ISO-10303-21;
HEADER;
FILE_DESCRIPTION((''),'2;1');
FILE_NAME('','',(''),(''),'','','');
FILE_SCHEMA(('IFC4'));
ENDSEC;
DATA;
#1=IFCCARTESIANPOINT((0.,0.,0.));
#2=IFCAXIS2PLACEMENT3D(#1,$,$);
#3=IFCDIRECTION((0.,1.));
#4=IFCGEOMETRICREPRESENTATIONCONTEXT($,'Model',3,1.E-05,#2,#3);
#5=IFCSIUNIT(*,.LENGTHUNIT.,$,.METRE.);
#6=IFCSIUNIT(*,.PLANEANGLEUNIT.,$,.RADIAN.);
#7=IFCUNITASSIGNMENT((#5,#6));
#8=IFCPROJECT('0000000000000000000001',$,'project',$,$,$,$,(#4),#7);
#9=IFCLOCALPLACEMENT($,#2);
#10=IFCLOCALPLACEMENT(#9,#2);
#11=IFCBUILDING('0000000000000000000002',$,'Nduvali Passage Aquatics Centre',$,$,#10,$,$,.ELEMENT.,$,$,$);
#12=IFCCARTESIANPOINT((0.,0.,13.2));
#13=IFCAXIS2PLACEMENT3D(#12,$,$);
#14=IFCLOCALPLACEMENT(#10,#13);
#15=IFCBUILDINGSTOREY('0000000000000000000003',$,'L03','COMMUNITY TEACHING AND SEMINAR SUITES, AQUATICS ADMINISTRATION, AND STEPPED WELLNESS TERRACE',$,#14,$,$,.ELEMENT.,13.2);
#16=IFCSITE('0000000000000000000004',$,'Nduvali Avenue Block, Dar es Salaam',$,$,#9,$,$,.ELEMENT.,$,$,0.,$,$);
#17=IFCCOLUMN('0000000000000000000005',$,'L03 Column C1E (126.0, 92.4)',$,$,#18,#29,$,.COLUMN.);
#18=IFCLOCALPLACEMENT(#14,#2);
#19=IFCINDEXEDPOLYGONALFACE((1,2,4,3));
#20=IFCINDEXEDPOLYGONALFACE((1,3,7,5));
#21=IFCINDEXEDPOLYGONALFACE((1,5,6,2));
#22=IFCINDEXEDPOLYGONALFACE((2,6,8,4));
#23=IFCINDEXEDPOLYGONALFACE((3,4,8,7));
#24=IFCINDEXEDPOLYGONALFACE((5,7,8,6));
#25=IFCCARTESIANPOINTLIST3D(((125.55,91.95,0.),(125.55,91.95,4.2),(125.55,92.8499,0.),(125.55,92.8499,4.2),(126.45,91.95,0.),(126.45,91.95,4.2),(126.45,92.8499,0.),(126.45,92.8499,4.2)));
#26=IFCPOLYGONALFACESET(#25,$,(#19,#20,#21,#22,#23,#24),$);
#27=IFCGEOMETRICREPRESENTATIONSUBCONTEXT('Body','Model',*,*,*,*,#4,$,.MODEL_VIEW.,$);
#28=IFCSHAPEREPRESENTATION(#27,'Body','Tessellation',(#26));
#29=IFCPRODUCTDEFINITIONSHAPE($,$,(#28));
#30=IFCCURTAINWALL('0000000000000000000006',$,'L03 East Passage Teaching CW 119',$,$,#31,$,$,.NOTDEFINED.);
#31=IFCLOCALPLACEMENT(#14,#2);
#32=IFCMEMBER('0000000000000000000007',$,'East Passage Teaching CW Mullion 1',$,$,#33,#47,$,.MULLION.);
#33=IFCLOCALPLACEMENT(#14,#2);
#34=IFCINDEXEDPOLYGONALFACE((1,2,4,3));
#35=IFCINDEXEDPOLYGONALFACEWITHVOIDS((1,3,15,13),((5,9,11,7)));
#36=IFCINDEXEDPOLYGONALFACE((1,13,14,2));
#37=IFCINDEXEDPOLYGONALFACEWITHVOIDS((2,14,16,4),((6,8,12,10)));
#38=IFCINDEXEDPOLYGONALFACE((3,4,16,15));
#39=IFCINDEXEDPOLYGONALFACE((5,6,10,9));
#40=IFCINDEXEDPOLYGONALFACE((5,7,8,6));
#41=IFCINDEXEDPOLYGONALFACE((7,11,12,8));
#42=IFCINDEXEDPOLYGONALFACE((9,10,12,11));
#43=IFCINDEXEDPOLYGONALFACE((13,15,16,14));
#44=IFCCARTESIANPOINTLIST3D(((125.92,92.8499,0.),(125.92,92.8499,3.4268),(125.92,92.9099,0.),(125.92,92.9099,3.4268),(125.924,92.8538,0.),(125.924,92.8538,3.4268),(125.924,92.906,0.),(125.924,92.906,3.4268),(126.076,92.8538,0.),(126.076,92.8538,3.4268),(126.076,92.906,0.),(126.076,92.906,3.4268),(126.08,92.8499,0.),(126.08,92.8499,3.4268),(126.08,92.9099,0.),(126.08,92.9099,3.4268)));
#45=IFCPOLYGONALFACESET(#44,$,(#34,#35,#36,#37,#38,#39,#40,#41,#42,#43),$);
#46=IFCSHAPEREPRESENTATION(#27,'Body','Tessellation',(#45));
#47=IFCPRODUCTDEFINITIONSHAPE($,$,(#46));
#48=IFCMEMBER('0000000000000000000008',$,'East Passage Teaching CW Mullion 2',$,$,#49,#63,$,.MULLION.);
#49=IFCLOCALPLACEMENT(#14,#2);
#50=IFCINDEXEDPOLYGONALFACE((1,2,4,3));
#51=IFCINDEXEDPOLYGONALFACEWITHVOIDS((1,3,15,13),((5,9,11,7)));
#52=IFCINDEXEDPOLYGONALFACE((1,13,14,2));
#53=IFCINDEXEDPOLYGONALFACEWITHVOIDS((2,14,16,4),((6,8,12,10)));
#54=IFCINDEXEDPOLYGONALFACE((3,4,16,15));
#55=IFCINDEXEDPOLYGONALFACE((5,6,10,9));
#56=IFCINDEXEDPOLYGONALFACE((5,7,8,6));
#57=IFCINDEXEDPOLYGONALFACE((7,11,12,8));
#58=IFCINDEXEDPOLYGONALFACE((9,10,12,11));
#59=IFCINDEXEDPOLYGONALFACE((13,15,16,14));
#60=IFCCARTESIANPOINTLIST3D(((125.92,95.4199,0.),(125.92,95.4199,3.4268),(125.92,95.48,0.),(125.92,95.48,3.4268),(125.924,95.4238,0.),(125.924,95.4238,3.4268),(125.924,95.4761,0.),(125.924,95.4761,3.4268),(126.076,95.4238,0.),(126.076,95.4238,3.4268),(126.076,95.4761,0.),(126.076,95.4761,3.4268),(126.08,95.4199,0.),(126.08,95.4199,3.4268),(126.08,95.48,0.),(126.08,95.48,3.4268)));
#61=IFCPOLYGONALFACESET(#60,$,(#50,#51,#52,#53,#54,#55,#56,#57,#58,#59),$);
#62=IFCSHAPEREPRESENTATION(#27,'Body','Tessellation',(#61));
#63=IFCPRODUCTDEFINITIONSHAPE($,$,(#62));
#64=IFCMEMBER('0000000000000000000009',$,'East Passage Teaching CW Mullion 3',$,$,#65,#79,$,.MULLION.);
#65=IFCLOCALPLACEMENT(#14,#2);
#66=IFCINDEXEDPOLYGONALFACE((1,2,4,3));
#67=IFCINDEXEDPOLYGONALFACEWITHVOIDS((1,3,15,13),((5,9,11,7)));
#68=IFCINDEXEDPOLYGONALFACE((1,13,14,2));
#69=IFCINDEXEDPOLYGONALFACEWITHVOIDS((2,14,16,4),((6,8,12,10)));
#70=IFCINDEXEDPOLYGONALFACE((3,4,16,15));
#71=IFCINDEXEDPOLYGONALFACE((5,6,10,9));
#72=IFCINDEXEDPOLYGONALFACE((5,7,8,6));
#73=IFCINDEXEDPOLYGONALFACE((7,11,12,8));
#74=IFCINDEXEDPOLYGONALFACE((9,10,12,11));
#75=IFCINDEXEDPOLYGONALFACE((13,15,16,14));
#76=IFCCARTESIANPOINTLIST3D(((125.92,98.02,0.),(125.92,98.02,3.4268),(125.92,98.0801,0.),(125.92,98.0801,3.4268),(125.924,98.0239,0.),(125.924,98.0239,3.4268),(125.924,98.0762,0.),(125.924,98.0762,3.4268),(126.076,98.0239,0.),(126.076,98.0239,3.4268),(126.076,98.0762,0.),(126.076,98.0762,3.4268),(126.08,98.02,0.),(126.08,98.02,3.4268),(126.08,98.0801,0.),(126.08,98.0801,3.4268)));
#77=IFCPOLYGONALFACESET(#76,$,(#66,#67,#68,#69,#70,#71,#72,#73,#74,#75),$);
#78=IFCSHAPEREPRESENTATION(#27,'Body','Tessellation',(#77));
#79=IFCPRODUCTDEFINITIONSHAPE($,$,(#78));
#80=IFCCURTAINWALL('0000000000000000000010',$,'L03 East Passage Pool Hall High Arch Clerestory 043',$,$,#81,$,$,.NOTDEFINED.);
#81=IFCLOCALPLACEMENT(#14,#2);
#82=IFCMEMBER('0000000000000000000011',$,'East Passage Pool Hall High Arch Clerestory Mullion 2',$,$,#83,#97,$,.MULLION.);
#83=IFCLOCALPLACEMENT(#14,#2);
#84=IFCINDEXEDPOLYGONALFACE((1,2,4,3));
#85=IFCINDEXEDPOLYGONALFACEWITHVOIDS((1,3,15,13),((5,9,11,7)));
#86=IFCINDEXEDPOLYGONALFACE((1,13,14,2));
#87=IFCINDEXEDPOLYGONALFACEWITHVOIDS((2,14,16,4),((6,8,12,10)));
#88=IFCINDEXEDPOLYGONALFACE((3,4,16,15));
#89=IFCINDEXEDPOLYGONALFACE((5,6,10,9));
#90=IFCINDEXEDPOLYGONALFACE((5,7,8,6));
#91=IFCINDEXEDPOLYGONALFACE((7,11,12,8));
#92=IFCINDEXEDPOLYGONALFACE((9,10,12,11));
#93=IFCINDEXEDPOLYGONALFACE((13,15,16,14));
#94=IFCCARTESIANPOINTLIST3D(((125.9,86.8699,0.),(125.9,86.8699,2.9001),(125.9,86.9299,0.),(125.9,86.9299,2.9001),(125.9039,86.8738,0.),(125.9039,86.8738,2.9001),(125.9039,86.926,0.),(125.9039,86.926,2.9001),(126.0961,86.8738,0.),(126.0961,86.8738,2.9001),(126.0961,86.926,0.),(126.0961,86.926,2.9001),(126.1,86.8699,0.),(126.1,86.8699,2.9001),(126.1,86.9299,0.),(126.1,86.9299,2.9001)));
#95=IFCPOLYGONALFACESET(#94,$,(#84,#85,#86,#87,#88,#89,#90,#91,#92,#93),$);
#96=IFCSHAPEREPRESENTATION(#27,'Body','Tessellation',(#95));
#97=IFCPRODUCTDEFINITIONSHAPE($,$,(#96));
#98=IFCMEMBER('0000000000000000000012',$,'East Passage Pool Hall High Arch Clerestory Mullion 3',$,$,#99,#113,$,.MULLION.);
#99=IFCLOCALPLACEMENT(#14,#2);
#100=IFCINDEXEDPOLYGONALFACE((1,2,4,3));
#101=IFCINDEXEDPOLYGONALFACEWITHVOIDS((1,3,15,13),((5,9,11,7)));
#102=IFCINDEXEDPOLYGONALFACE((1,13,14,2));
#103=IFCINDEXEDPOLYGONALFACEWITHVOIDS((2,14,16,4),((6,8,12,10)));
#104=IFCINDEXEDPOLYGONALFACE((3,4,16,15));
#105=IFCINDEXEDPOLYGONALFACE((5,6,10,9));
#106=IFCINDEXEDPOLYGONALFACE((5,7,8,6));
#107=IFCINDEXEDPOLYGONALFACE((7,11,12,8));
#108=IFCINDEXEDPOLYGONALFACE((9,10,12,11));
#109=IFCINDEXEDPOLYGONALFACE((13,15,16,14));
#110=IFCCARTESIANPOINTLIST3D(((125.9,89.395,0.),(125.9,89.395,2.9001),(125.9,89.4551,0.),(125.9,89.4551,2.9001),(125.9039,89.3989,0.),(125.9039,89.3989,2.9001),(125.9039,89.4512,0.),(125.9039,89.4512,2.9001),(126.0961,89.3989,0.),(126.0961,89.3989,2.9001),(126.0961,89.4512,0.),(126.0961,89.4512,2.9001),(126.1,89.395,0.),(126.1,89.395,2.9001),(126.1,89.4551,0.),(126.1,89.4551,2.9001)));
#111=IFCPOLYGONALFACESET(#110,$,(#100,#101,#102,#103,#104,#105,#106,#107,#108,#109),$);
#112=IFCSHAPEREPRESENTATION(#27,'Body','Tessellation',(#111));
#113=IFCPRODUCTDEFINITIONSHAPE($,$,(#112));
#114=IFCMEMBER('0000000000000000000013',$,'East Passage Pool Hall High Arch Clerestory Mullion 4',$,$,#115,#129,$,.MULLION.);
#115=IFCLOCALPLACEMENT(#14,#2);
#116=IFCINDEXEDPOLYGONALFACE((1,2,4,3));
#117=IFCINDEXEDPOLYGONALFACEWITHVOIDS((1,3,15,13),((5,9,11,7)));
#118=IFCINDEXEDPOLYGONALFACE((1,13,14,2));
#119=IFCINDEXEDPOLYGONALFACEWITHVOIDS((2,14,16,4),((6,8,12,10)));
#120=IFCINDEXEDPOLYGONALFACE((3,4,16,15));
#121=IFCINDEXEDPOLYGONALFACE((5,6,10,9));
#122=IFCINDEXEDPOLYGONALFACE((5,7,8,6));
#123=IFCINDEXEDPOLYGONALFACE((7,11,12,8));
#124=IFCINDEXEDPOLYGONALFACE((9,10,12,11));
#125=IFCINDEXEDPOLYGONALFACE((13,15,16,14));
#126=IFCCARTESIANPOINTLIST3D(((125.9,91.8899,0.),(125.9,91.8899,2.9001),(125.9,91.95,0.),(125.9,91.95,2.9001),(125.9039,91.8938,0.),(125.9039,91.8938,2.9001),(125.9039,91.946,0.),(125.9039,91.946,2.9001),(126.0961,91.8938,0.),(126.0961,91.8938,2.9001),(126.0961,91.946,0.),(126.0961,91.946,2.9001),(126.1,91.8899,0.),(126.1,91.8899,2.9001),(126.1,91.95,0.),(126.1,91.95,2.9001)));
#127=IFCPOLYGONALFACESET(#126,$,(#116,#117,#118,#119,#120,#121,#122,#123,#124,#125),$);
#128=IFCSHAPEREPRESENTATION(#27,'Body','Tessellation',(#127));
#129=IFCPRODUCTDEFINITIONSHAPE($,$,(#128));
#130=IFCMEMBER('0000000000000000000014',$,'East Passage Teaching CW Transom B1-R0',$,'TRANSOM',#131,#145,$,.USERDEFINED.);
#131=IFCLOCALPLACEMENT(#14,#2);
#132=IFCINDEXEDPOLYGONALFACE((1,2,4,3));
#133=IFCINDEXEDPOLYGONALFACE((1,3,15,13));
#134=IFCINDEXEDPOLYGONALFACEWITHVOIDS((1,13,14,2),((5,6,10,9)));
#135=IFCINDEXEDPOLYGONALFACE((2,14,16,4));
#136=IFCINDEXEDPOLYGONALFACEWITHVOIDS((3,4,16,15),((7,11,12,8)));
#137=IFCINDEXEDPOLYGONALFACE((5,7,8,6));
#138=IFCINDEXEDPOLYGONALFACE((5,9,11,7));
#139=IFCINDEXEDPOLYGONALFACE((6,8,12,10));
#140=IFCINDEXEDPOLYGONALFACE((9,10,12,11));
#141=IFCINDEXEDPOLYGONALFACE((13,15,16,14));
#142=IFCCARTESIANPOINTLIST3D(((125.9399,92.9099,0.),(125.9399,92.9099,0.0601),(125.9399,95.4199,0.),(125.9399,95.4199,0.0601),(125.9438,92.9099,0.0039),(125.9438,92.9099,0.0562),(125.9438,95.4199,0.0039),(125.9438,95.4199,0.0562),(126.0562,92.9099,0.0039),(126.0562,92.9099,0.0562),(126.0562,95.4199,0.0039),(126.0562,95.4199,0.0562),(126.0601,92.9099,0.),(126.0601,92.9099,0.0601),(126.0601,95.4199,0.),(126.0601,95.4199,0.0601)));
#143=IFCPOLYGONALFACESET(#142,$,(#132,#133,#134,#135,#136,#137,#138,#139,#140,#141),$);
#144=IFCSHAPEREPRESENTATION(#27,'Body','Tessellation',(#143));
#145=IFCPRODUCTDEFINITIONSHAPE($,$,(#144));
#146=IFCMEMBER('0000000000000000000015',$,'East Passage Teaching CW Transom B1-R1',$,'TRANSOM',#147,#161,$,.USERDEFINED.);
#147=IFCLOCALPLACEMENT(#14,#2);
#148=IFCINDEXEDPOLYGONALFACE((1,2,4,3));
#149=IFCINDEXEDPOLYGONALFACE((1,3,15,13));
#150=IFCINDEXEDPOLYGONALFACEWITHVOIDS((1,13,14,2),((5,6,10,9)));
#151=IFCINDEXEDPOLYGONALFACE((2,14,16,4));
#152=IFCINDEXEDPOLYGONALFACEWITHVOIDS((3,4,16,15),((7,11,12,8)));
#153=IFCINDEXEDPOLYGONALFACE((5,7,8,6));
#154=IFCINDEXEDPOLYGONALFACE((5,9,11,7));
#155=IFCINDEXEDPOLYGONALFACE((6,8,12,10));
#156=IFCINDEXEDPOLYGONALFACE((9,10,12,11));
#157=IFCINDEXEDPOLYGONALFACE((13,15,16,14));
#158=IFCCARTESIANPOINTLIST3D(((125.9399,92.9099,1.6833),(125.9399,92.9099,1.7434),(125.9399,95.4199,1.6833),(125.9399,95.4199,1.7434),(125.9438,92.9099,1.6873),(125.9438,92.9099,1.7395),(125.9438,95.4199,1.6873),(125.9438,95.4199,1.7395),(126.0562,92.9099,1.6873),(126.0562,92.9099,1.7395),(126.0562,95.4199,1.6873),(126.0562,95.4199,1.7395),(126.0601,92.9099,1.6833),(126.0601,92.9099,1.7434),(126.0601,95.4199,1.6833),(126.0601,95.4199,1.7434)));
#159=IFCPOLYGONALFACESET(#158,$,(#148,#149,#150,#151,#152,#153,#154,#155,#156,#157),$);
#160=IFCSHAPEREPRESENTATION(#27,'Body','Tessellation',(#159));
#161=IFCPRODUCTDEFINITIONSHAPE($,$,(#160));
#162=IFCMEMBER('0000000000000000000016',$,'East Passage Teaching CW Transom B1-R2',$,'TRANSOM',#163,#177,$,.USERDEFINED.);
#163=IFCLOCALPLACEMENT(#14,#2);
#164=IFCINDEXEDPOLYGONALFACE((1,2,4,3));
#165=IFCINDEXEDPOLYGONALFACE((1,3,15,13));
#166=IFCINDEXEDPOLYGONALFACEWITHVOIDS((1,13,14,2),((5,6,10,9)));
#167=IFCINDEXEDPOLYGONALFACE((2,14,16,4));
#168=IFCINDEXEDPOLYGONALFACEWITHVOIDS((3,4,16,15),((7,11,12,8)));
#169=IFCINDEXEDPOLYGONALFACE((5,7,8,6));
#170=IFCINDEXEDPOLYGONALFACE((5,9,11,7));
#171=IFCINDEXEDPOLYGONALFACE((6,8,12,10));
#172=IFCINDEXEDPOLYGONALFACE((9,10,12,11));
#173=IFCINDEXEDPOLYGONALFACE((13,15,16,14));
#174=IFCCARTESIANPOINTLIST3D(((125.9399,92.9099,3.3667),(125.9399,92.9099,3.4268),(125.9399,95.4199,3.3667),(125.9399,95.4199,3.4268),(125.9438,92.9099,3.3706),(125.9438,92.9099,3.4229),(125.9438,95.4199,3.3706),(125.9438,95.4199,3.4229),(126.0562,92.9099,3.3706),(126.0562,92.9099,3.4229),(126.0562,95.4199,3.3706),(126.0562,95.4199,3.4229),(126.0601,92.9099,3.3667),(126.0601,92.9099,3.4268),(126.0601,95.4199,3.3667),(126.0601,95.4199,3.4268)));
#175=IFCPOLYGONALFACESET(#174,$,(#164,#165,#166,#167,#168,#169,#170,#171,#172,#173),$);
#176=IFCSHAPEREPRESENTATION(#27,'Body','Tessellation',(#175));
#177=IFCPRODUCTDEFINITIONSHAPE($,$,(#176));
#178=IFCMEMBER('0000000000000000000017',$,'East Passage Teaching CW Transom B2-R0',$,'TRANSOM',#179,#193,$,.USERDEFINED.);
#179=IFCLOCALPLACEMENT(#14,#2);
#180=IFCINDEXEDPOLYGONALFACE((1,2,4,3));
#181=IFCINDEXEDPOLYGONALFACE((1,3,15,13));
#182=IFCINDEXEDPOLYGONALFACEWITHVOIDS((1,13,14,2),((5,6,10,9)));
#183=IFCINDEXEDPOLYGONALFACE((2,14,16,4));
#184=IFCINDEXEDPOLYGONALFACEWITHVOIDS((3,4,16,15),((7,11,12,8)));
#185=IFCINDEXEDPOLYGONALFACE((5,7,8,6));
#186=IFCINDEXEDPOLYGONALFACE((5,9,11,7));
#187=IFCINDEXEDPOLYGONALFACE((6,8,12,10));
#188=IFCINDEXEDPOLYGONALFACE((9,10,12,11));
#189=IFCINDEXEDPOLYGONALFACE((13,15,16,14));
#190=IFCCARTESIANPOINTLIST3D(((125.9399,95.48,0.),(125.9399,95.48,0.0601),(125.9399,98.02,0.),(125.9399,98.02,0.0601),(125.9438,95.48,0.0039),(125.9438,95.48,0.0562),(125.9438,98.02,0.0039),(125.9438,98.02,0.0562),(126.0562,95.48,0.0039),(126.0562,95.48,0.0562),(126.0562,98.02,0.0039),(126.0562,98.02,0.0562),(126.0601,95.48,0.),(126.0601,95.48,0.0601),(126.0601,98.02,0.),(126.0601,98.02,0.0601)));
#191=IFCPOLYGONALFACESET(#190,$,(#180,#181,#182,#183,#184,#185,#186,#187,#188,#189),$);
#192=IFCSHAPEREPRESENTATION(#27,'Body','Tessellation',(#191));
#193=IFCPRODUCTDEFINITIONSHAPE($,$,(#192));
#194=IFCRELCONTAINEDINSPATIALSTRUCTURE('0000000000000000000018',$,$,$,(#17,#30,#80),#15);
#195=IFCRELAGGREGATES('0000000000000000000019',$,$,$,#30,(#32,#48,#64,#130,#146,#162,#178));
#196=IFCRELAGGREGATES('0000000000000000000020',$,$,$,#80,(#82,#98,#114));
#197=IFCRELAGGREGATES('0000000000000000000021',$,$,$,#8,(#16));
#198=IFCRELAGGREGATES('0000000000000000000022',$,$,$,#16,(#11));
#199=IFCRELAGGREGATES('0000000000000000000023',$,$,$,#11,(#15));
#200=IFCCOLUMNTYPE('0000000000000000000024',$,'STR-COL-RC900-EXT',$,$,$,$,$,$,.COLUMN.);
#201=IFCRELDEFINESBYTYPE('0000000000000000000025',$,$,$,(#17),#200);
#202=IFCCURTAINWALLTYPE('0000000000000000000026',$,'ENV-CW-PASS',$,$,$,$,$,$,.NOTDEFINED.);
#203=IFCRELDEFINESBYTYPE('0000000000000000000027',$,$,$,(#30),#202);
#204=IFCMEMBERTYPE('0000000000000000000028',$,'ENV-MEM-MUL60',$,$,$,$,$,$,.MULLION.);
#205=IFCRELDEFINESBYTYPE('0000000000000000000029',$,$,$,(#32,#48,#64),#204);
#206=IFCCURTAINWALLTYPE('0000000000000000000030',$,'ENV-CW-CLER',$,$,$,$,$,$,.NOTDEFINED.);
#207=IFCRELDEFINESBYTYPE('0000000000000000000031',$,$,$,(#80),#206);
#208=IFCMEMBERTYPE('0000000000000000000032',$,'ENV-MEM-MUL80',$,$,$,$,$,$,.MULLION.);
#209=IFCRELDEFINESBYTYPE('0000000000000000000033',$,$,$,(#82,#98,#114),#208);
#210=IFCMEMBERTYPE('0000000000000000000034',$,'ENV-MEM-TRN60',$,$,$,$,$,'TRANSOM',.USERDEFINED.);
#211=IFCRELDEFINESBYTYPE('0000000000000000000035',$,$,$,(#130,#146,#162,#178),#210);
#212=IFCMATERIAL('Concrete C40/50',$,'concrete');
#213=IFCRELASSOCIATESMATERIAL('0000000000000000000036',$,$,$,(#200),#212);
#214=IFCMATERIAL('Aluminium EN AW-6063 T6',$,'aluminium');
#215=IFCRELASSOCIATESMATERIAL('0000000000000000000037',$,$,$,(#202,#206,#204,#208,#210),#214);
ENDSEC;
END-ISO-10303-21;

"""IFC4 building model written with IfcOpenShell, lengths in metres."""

from ifc_helpers import new_model, si_unit, direction, frame, origin, origin_2d, place, context, subcontext, project, spatial, rectangle, hollow_rectangle, extrude, material, material_profile, profile_set, type_object, element, aggregate, save


model = new_model("IFC4")

# Units and contexts
model_context = context("Model", 3, precision=1e-05, world=origin(), true_north=direction((0.0, 1.0)))
body_context = subcontext(model_context, "Body", "Model", "MODEL_VIEW")
ifc_project = project(units=[si_unit("LENGTHUNIT", "METRE"), si_unit("PLANEANGLEUNIT", "RADIAN")], contexts=[model_context])

# Site, building, storey
site_placement = place(None, origin())
site = spatial("IfcSite", under=ifc_project, at=site_placement, Name="Nduvali Avenue Block, Dar es Salaam", CompositionType="ELEMENT", RefElevation=0.0)
building_placement = place(site_placement, origin())
building = spatial("IfcBuilding", under=site, at=building_placement, Name="Nduvali Passage Aquatics Centre", CompositionType="ELEMENT")
storey_placement = place(building_placement, frame((0.0, 0.0, 13.2)))
storey = spatial("IfcBuildingStorey", under=building, at=storey_placement, Name="L03", Description="COMMUNITY TEACHING AND SEMINAR SUITES, AQUATICS ADMINISTRATION, AND STEPPED WELLNESS TERRACE", CompositionType="ELEMENT", Elevation=13.2)

# Column
ifc_material_1 = material(Name="Concrete C40/50", Category="concrete")
ifc_material_profile_1 = material_profile(ifc_material_1, rectangle(XDim=0.8999, YDim=0.8999, at=origin_2d()), Name="RC 900x900")
ifc_profile_set_1 = profile_set([ifc_material_profile_1], Name="Concrete C40/50")
column_type = type_object("IfcColumnType", Name="STR-COL-RC900-EXT", PredefinedType="COLUMN", material=ifc_profile_set_1)
column_placement = place(storey_placement, frame((126.0, 92.3999, 0.0), z_axis=(0.0, 0.0, 1.0), x_axis=(1.0, 0.0, 0.0)))
element("IfcColumn", 1, at=column_placement, inside=storey, type_object=column_type, Name="L03 Column C1E (126.0, 92.4)", PredefinedType="COLUMN", context=body_context, shape_type="SweptSolid", body=[
    extrude(rectangle(XDim=0.8999, YDim=0.8999, at=origin_2d()), origin(), (0.0, 0.0, 1.0), 4.2),
])

# Curtain walls, members
ifc_material_2 = material(Name="Aluminium EN AW-6063 T6", Category="aluminium")
curtain_wall_type_1 = type_object("IfcCurtainWallType", Name="ENV-CW-PASS", PredefinedType="NOTDEFINED", material=ifc_material_2)
curtain_wall_1_placement = place(storey_placement, origin())
curtain_wall_1 = element("IfcCurtainWall", 2, at=curtain_wall_1_placement, inside=storey, type_object=curtain_wall_type_1, Name="L03 East Passage Teaching CW 119", PredefinedType="NOTDEFINED")
ifc_material_profile_2 = material_profile(ifc_material_2, hollow_rectangle(XDim=0.0601, YDim=0.1599, WallThickness=0.0039, at=origin_2d()), Name="ALU MULLION 60x160x4")
ifc_profile_set_2 = profile_set([ifc_material_profile_2], Name="Aluminium EN AW-6063 T6")
member_type_1 = type_object("IfcMemberType", Name="ENV-MEM-MUL60", PredefinedType="MULLION", material=ifc_profile_set_2)
member_1_placement = place(storey_placement, frame((126.0, 92.8799, 0.0), z_axis=(0.0, 0.0, 1.0), x_axis=(0.0, 1.0, 0.0)))
member_1 = element("IfcMember", 3, at=member_1_placement, type_object=member_type_1, Name="East Passage Teaching CW Mullion 1", PredefinedType="MULLION", context=body_context, shape_type="SweptSolid", body=[
    extrude(hollow_rectangle(XDim=0.0601, YDim=0.1599, WallThickness=0.0039, at=origin_2d()), origin(), (0.0, 0.0, 1.0), 3.4268),
])
member_2_placement = place(storey_placement, frame((126.0, 95.45, 0.0), z_axis=(0.0, 0.0, 1.0), x_axis=(0.0, 1.0, 0.0)))
member_2 = element("IfcMember", 4, at=member_2_placement, type_object=member_type_1, Name="East Passage Teaching CW Mullion 2", PredefinedType="MULLION", context=body_context, shape_type="SweptSolid", body=[
    extrude(hollow_rectangle(XDim=0.0601, YDim=0.1599, WallThickness=0.0039, at=origin_2d()), origin(), (0.0, 0.0, 1.0), 3.4268),
])
member_3_placement = place(storey_placement, frame((126.0, 98.05, 0.0), z_axis=(0.0, 0.0, 1.0), x_axis=(0.0, 1.0, 0.0)))
member_3 = element("IfcMember", 5, at=member_3_placement, type_object=member_type_1, Name="East Passage Teaching CW Mullion 3", PredefinedType="MULLION", context=body_context, shape_type="SweptSolid", body=[
    extrude(hollow_rectangle(XDim=0.0601, YDim=0.1599, WallThickness=0.0039, at=origin_2d()), origin(), (0.0, 0.0, 1.0), 3.4268),
])
curtain_wall_type_2 = type_object("IfcCurtainWallType", Name="ENV-CW-CLER", PredefinedType="NOTDEFINED", material=ifc_material_2)
curtain_wall_2_placement = place(storey_placement, origin())
curtain_wall_2 = element("IfcCurtainWall", 6, at=curtain_wall_2_placement, inside=storey, type_object=curtain_wall_type_2, Name="L03 East Passage Pool Hall High Arch Clerestory 043", PredefinedType="NOTDEFINED")
ifc_material_profile_3 = material_profile(ifc_material_2, hollow_rectangle(XDim=0.0601, YDim=0.2, WallThickness=0.0039, at=origin_2d()), Name="ALU MULLION 60x200x4")
ifc_profile_set_3 = profile_set([ifc_material_profile_3], Name="Aluminium EN AW-6063 T6")
member_type_2 = type_object("IfcMemberType", Name="ENV-MEM-MUL80", PredefinedType="MULLION", material=ifc_profile_set_3)
member_4_placement = place(storey_placement, frame((126.0, 86.8999, 0.0), z_axis=(0.0, 0.0, 1.0), x_axis=(0.0, 1.0, 0.0)))
member_4 = element("IfcMember", 7, at=member_4_placement, type_object=member_type_2, Name="East Passage Pool Hall High Arch Clerestory Mullion 2", PredefinedType="MULLION", context=body_context, shape_type="SweptSolid", body=[
    extrude(hollow_rectangle(XDim=0.0601, YDim=0.2, WallThickness=0.0039, at=origin_2d()), origin(), (0.0, 0.0, 1.0), 2.9001),
])
member_5_placement = place(storey_placement, frame((126.0, 89.425, 0.0), z_axis=(0.0, 0.0, 1.0), x_axis=(0.0, 1.0, 0.0)))
member_5 = element("IfcMember", 8, at=member_5_placement, type_object=member_type_2, Name="East Passage Pool Hall High Arch Clerestory Mullion 3", PredefinedType="MULLION", context=body_context, shape_type="SweptSolid", body=[
    extrude(hollow_rectangle(XDim=0.0601, YDim=0.2, WallThickness=0.0039, at=origin_2d()), origin(), (0.0, 0.0, 1.0), 2.9001),
])
member_6_placement = place(storey_placement, frame((126.0, 91.9199, 0.0), z_axis=(0.0, 0.0, 1.0), x_axis=(0.0, 1.0, 0.0)))
member_6 = element("IfcMember", 9, at=member_6_placement, type_object=member_type_2, Name="East Passage Pool Hall High Arch Clerestory Mullion 4", PredefinedType="MULLION", context=body_context, shape_type="SweptSolid", body=[
    extrude(hollow_rectangle(XDim=0.0601, YDim=0.2, WallThickness=0.0039, at=origin_2d()), origin(), (0.0, 0.0, 1.0), 2.9001),
])

# Members
ifc_material_profile_4 = material_profile(ifc_material_2, hollow_rectangle(XDim=0.1201, YDim=0.0601, WallThickness=0.0039, at=origin_2d()), Name="ALU TRANSOM 120x60x4")
ifc_profile_set_4 = profile_set([ifc_material_profile_4], Name="Aluminium EN AW-6063 T6")
member_type_3 = type_object("IfcMemberType", Name="ENV-MEM-TRN60", ElementType="TRANSOM", PredefinedType="USERDEFINED", material=ifc_profile_set_4)
member_7_placement = place(storey_placement, frame((126.0, 92.9099, 0.03), z_axis=(0.0, 1.0, 0.0), x_axis=(-1.0, 0.0, 0.0)))
member_7 = element("IfcMember", 10, at=member_7_placement, type_object=member_type_3, Name="East Passage Teaching CW Transom B1-R0", ObjectType="TRANSOM", PredefinedType="USERDEFINED", context=body_context, shape_type="SweptSolid", body=[
    extrude(hollow_rectangle(XDim=0.1201, YDim=0.0601, WallThickness=0.0039, at=origin_2d()), origin(), (0.0, 0.0, 1.0), 2.51),
])
member_8_placement = place(storey_placement, frame((126.0, 92.9099, 1.7134), z_axis=(0.0, 1.0, 0.0), x_axis=(-1.0, 0.0, 0.0)))
member_8 = element("IfcMember", 11, at=member_8_placement, type_object=member_type_3, Name="East Passage Teaching CW Transom B1-R1", ObjectType="TRANSOM", PredefinedType="USERDEFINED", context=body_context, shape_type="SweptSolid", body=[
    extrude(hollow_rectangle(XDim=0.1201, YDim=0.0601, WallThickness=0.0039, at=origin_2d()), origin(), (0.0, 0.0, 1.0), 2.51),
])
member_9_placement = place(storey_placement, frame((126.0, 92.9099, 3.3967), z_axis=(0.0, 1.0, 0.0), x_axis=(-1.0, 0.0, 0.0)))
member_9 = element("IfcMember", 12, at=member_9_placement, type_object=member_type_3, Name="East Passage Teaching CW Transom B1-R2", ObjectType="TRANSOM", PredefinedType="USERDEFINED", context=body_context, shape_type="SweptSolid", body=[
    extrude(hollow_rectangle(XDim=0.1201, YDim=0.0601, WallThickness=0.0039, at=origin_2d()), origin(), (0.0, 0.0, 1.0), 2.51),
])
member_10_placement = place(storey_placement, frame((126.0, 95.48, 0.03), z_axis=(0.0, 1.0, 0.0), x_axis=(-1.0, 0.0, 0.0)))
member_10 = element("IfcMember", 13, at=member_10_placement, type_object=member_type_3, Name="East Passage Teaching CW Transom B2-R0", ObjectType="TRANSOM", PredefinedType="USERDEFINED", context=body_context, shape_type="SweptSolid", body=[
    extrude(hollow_rectangle(XDim=0.1201, YDim=0.0601, WallThickness=0.0039, at=origin_2d()), origin(), (0.0, 0.0, 1.0), 2.54),
])

aggregate(curtain_wall_1, [member_1, member_2, member_3, member_7, member_8, member_9, member_10])
aggregate(curtain_wall_2, [member_4, member_5, member_6])

save(model, "model.ifc")
